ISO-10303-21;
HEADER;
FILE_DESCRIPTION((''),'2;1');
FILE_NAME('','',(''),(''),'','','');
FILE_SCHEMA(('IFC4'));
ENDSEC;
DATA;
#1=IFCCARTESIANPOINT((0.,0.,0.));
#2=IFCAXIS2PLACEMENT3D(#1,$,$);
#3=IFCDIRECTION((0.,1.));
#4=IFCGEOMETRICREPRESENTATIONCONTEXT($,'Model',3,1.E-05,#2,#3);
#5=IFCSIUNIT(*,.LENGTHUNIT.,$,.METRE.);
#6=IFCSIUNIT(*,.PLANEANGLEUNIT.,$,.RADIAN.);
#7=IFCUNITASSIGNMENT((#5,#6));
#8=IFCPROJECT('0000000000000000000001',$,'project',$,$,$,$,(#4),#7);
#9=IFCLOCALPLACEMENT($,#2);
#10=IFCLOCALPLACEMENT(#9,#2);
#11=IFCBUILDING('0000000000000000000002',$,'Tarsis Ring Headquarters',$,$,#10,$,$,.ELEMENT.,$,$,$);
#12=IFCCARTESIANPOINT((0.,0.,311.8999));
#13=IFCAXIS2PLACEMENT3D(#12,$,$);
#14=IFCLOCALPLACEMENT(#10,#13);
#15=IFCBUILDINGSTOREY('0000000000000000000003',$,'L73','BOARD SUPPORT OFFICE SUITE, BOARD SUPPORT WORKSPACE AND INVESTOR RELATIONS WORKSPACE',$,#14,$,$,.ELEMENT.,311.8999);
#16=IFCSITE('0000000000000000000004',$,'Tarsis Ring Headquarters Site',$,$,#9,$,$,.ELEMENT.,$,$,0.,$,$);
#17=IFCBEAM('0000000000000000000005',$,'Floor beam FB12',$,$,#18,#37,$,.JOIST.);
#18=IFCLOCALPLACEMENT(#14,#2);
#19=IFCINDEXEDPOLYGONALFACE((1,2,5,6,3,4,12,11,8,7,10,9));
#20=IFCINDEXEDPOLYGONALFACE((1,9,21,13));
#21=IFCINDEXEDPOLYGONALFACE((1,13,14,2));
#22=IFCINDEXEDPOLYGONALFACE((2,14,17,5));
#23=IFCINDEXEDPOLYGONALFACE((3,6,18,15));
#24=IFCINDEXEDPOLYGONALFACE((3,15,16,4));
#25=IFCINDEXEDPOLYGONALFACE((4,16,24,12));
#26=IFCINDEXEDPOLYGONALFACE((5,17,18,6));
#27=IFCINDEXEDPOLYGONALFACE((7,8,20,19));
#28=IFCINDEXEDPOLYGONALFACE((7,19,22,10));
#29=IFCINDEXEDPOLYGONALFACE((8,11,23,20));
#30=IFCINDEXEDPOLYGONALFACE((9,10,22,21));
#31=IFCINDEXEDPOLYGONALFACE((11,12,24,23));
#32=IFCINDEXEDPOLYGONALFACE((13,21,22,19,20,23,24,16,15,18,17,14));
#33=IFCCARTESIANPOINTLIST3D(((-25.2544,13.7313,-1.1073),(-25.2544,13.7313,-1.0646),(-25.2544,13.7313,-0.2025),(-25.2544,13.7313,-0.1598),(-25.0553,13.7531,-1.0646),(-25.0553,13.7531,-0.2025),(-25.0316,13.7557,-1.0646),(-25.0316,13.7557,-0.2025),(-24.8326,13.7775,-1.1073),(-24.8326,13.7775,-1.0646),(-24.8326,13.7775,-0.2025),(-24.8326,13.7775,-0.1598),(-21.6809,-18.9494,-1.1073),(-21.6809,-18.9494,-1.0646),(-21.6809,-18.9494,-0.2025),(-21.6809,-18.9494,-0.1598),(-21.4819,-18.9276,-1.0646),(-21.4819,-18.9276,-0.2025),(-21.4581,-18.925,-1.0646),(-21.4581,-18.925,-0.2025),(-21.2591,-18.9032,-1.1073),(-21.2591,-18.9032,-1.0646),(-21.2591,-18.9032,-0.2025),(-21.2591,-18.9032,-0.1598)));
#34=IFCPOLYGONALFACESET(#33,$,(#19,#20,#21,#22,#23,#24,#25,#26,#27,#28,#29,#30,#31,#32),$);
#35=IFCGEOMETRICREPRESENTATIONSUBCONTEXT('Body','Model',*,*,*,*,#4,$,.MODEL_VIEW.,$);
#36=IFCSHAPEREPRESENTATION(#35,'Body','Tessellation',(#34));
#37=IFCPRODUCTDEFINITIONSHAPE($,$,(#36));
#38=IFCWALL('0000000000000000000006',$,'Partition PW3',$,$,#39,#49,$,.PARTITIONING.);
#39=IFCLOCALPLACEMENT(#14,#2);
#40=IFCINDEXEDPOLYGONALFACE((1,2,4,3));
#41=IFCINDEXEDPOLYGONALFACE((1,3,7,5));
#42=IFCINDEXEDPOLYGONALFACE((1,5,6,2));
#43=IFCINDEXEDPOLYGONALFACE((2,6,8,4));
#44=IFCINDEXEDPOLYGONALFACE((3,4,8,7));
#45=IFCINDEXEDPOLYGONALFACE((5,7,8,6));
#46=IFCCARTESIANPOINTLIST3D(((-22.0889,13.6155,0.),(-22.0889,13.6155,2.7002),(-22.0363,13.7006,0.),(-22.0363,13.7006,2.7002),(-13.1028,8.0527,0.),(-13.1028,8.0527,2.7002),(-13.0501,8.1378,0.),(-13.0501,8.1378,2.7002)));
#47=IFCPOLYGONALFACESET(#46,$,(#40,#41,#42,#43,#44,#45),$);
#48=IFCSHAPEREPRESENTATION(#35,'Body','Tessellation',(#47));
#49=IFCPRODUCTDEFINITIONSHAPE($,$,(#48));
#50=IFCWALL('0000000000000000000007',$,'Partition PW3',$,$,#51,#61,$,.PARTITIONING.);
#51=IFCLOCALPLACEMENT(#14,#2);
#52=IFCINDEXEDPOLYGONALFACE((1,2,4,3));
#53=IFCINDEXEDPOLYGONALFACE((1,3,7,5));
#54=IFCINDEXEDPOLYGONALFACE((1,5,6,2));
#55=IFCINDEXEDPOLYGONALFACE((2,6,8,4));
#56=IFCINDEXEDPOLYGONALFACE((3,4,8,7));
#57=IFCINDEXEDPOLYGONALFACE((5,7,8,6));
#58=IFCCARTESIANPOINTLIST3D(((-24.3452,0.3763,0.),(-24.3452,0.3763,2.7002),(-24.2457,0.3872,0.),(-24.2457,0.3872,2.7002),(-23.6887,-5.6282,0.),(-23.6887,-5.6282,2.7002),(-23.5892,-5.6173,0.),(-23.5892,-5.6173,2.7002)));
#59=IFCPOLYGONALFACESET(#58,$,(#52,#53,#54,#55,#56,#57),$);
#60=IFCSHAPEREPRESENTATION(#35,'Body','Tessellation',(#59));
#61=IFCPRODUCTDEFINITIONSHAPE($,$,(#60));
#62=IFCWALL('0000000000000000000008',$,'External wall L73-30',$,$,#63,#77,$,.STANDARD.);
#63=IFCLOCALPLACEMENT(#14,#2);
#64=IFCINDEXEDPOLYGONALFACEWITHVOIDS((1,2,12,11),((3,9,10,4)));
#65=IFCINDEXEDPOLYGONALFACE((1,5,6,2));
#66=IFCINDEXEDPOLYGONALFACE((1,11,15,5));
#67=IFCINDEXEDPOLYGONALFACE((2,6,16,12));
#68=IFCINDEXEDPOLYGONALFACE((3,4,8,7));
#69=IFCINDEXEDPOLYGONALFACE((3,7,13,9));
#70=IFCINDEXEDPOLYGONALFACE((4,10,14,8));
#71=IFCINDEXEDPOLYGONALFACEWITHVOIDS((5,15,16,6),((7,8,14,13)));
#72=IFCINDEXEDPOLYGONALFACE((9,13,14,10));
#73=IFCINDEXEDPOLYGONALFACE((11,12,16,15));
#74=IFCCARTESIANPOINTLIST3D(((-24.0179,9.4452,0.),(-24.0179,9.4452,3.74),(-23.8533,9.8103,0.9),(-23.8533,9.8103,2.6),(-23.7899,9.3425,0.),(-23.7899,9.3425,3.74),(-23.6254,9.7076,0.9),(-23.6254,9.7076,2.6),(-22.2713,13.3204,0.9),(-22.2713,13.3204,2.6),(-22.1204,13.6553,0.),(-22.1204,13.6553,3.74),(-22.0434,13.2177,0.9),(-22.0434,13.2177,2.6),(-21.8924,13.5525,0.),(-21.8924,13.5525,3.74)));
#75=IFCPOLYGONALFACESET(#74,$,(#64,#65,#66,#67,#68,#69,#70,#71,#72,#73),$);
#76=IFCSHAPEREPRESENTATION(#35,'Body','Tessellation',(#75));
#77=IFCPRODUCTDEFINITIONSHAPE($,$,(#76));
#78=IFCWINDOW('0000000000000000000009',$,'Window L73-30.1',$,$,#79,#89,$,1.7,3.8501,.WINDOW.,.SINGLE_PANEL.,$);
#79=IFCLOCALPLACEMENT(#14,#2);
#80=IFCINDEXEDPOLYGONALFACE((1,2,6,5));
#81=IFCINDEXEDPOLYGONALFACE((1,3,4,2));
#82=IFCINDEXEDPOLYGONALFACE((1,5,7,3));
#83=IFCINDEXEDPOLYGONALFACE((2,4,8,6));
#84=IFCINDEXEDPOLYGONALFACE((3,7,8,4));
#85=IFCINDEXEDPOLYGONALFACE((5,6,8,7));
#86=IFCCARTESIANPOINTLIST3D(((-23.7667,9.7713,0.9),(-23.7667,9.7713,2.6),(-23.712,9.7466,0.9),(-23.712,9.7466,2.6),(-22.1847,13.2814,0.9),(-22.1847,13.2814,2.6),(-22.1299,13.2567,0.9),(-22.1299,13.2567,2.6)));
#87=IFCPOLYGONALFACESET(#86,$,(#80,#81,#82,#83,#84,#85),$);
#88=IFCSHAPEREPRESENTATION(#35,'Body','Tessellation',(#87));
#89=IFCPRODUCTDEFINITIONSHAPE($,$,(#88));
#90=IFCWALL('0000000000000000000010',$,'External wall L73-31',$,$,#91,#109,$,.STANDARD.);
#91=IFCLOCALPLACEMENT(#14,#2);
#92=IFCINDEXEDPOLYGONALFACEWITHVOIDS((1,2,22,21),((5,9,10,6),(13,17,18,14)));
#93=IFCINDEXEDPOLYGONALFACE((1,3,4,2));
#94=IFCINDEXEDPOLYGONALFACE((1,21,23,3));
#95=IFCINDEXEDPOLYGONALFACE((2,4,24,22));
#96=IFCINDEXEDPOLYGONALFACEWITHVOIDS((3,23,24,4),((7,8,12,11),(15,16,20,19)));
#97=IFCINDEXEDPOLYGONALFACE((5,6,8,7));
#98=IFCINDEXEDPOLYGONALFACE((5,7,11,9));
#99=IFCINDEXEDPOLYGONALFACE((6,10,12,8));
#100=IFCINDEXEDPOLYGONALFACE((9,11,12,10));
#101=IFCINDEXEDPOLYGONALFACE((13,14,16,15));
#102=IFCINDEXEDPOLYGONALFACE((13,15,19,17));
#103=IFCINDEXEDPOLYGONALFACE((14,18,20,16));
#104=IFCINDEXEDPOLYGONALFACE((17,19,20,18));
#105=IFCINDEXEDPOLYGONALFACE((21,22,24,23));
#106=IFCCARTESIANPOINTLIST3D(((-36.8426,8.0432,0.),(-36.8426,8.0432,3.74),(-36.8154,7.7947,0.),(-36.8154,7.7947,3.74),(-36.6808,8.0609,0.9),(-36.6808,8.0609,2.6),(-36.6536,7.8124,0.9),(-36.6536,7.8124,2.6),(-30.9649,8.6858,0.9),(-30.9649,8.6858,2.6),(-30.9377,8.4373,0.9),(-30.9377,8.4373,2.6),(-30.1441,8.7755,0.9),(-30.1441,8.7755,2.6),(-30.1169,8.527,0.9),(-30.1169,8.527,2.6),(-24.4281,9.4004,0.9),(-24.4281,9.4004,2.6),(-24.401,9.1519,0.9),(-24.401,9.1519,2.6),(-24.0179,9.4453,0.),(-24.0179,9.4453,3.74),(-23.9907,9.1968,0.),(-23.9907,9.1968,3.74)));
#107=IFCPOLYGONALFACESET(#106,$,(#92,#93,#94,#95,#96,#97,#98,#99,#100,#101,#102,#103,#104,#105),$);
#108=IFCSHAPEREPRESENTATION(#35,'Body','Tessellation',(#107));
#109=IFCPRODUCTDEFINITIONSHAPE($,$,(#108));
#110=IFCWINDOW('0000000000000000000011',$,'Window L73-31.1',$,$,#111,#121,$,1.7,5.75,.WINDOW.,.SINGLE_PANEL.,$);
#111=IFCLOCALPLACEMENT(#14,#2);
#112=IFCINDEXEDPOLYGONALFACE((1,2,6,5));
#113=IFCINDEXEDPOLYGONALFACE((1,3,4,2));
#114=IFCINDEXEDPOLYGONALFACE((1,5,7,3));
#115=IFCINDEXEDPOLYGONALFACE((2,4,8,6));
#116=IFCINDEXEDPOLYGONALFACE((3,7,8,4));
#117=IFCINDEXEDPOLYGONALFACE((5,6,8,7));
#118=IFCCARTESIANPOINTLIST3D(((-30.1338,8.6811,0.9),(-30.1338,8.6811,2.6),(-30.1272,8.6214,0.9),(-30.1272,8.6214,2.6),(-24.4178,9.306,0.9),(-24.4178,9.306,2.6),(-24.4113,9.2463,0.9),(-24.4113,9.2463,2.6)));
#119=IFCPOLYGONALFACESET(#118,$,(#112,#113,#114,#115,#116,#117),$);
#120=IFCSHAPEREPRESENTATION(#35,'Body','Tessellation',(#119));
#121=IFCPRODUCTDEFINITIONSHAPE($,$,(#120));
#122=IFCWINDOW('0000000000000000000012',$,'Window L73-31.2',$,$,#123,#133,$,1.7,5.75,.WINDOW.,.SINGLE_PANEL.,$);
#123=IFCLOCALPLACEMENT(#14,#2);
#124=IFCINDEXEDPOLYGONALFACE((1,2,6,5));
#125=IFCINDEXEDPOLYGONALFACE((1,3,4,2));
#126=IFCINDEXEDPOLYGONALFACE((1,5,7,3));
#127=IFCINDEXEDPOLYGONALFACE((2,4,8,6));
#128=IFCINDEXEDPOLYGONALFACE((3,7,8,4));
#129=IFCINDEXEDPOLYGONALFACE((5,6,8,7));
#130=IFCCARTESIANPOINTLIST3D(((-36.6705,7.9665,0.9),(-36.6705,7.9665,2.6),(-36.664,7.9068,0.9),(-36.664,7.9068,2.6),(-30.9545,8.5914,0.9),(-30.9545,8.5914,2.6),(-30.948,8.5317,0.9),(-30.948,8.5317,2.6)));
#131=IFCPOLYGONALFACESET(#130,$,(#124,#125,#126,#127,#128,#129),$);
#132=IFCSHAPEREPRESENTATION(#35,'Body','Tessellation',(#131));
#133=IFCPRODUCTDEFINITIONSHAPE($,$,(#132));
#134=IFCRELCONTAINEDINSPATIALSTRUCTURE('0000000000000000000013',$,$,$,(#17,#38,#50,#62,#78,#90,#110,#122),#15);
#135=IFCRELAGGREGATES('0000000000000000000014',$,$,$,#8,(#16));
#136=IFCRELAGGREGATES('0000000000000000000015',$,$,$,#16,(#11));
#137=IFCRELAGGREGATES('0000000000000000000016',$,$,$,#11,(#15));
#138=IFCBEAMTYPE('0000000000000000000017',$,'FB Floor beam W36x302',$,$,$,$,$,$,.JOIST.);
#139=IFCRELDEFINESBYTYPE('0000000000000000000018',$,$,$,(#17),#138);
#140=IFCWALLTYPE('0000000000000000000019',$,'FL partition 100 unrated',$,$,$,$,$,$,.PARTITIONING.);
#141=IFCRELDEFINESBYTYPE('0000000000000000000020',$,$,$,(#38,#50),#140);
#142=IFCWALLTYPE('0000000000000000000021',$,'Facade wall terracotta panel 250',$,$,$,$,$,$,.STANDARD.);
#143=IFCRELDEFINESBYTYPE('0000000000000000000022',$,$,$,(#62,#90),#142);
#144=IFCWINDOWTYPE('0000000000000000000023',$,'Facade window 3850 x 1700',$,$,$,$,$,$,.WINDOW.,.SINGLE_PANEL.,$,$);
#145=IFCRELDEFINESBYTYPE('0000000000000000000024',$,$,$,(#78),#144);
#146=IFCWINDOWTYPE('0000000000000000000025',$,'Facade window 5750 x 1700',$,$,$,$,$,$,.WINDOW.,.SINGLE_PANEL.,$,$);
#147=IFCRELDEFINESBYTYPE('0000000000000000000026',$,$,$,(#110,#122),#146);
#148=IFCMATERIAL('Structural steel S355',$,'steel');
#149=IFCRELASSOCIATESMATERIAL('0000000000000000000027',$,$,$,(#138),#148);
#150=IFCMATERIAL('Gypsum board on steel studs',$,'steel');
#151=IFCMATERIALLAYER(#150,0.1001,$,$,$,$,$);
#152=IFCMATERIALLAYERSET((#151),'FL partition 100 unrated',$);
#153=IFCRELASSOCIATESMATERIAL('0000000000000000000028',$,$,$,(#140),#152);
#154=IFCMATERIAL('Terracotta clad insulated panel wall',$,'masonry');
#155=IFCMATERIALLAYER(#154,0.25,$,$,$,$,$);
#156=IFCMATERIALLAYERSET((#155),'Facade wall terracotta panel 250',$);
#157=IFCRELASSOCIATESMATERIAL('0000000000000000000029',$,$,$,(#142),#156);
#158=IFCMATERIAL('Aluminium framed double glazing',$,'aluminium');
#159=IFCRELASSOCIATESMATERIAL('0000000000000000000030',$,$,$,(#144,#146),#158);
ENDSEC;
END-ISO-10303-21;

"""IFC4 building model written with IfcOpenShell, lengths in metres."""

from ifc_helpers import new_model, si_unit, direction, frame, frame_2d, origin, origin_2d, place, context, subcontext, project, spatial, rectangle, i_section, extrude, material, layer, layer_set, material_profile, profile_set, type_object, element, fill, save


model = new_model("IFC4")

# Units and contexts
model_context = context("Model", 3, precision=1e-05, world=origin(), true_north=direction((0.0, 1.0)))
body_context = subcontext(model_context, "Body", "Model", "MODEL_VIEW")
ifc_project = project(units=[si_unit("LENGTHUNIT", "METRE"), si_unit("PLANEANGLEUNIT", "RADIAN")], contexts=[model_context])

# Site, building, storey
site_placement = place(None, origin())
site = spatial("IfcSite", under=ifc_project, at=site_placement, Name="Tarsis Ring Headquarters Site", CompositionType="ELEMENT", RefElevation=0.0)
building_placement = place(site_placement, origin())
building = spatial("IfcBuilding", under=site, at=building_placement, Name="Tarsis Ring Headquarters", CompositionType="ELEMENT")
storey_placement = place(building_placement, frame((0.0, 0.0, 311.8999)))
storey = spatial("IfcBuildingStorey", under=building, at=storey_placement, Name="L73", Description="BOARD SUPPORT OFFICE SUITE, BOARD SUPPORT WORKSPACE AND INVESTOR RELATIONS WORKSPACE", CompositionType="ELEMENT", Elevation=311.8999)

# Beam
ifc_material_1 = material(Name="Structural steel S355", Category="steel")
ifc_material_profile = material_profile(ifc_material_1, i_section(OverallWidth=0.4243, OverallDepth=0.9475, WebThickness=0.0239, FlangeThickness=0.0427, at=origin_2d()), Name="W36x302")
ifc_profile_set = profile_set([ifc_material_profile], Name="Structural steel S355")
beam_type = type_object("IfcBeamType", Name="FB Floor beam W36x302", PredefinedType="JOIST", material=ifc_profile_set)
beam_placement = place(storey_placement, frame((-25.0435, 13.7544, -0.6335), z_axis=(0.108698, -0.994075, 0.0), x_axis=(0.994075, 0.108698, 0.0)))
element("IfcBeam", 1, at=beam_placement, inside=storey, type_object=beam_type, Name="Floor beam FB12", PredefinedType="JOIST", context=body_context, shape_type="SweptSolid", body=[
    extrude(i_section(OverallWidth=0.4243, OverallDepth=0.9475, WebThickness=0.0239, FlangeThickness=0.0427, at=origin_2d()), origin(), (0.0, 0.0, 1.0), 32.8755),
])

# Walls
ifc_material_2 = material(Name="Gypsum board on steel studs", Category="steel")
ifc_layer_1 = layer(ifc_material_2, 0.1001)
ifc_layer_set_1 = layer_set([ifc_layer_1], Name="FL partition 100 unrated")
wall_type_1 = type_object("IfcWallType", Name="FL partition 100 unrated", PredefinedType="PARTITIONING", material=ifc_layer_set_1)
wall_1_placement = place(storey_placement, frame((-22.0625, 13.658, 0.0), z_axis=(0.0, 0.0, 1.0), x_axis=(0.850268, -0.52635, 0.0)))
element("IfcWall", 2, at=wall_1_placement, inside=storey, type_object=wall_type_1, Name="Partition PW3", PredefinedType="PARTITIONING", context=body_context, shape_type="SweptSolid", body=[
    extrude(rectangle(XDim=10.5686, YDim=0.1001, at=frame_2d((5.2842, 0.0))), origin(), (0.0, 0.0, 1.0), 2.7002),
])
wall_2_placement = place(storey_placement, frame((-24.2954, 0.3816, 0.0), z_axis=(0.0, 0.0, 1.0), x_axis=(0.108688, -0.994076, 0.0)))
element("IfcWall", 3, at=wall_2_placement, inside=storey, type_object=wall_type_1, Name="Partition PW3", PredefinedType="PARTITIONING", context=body_context, shape_type="SweptSolid", body=[
    extrude(rectangle(XDim=6.0403, YDim=0.1001, at=frame_2d((3.02, 0.0))), origin(), (0.0, 0.0, 1.0), 2.7002),
])

# Wall, opening, window
ifc_material_3 = material(Name="Terracotta clad insulated panel wall", Category="masonry")
ifc_layer_2 = layer(ifc_material_3, 0.25)
ifc_layer_set_2 = layer_set([ifc_layer_2], Name="Facade wall terracotta panel 250")
wall_type_2 = type_object("IfcWallType", Name="Facade wall terracotta panel 250", PredefinedType="STANDARD", material=ifc_layer_set_2)
wall_3_placement = place(storey_placement, frame((-22.0063, 13.604, 0.0), z_axis=(0.0, 0.0, 1.0), x_axis=(-0.410901, -0.91168, 0.0)))
wall_3 = element("IfcWall", 4, at=wall_3_placement, inside=storey, type_object=wall_type_2, Name="External wall L73-30", PredefinedType="STANDARD", context=body_context, shape_type="SweptSolid", body=[
    extrude(rectangle(XDim=4.6179, YDim=0.25, at=frame_2d((2.3091, 0.0))), origin(), (0.0, 0.0, 1.0), 3.74),
])
opening_1_placement = place(wall_3_placement, frame((0.3674, 0.0, 0.8999)))
opening_1 = element("IfcOpeningElement", 5, at=opening_1_placement, cuts=wall_3, PredefinedType="OPENING", context=body_context, shape_type="SweptSolid", body=[
    extrude(rectangle(XDim=3.8501, YDim=1.7, at=frame_2d((1.925, 0.8501))), frame((0.0, 0.135, 0.0), z_axis=(0.0, -1.0, 0.0), x_axis=(1.0, 0.0, 0.0)), (0.0, 0.0, 1.0), 0.27),
])
ifc_material_4 = material(Name="Aluminium framed double glazing", Category="aluminium")
window_type_1 = type_object("IfcWindowType", Name="Facade window 3850 x 1700", PartitioningType="SINGLE_PANEL", PredefinedType="WINDOW", material=ifc_material_4)
window_1_placement = place(opening_1_placement, origin())
window_1 = element("IfcWindow", 6, at=window_1_placement, inside=storey, type_object=window_type_1, Name="Window L73-30.1", OverallHeight=1.7, OverallWidth=3.8501, PartitioningType="SINGLE_PANEL", PredefinedType="WINDOW", context=body_context, shape_type="SweptSolid", body=[
    extrude(rectangle(XDim=3.8501, YDim=1.7, at=frame_2d((1.925, 0.8501))), frame((0.0, 0.03, 0.0), z_axis=(0.0, -1.0, 0.0), x_axis=(1.0, 0.0, 0.0)), (0.0, 0.0, 1.0), 0.0601),
])
fill(opening_1, window_1)

# Wall, openings, windows
wall_4_placement = place(storey_placement, frame((-24.0042, 9.321, 0.0), z_axis=(0.0, 0.0, 1.0), x_axis=(-0.994077, -0.10868, 0.0)))
wall_4 = element("IfcWall", 7, at=wall_4_placement, inside=storey, type_object=wall_type_2, Name="External wall L73-31", PredefinedType="STANDARD", context=body_context, shape_type="SweptSolid", body=[
    extrude(rectangle(XDim=12.9011, YDim=0.25, at=frame_2d((6.4507, 0.0))), origin(), (0.0, 0.0, 1.0), 3.74),
])
opening_2_placement = place(wall_4_placement, frame((0.4128, 0.0, 0.8999)))
opening_2 = element("IfcOpeningElement", 8, at=opening_2_placement, cuts=wall_4, PredefinedType="OPENING", context=body_context, shape_type="SweptSolid", body=[
    extrude(rectangle(XDim=5.75, YDim=1.7, at=frame_2d((2.875, 0.8501))), frame((0.0, 0.135, 0.0), z_axis=(0.0, -1.0, 0.0), x_axis=(1.0, 0.0, 0.0)), (0.0, 0.0, 1.0), 0.27),
])
opening_3_placement = place(wall_4_placement, frame((6.9885, 0.0, 0.8999)))
opening_3 = element("IfcOpeningElement", 9, at=opening_3_placement, cuts=wall_4, PredefinedType="OPENING", context=body_context, shape_type="SweptSolid", body=[
    extrude(rectangle(XDim=5.75, YDim=1.7, at=frame_2d((2.875, 0.8501))), frame((0.0, 0.135, 0.0), z_axis=(0.0, -1.0, 0.0), x_axis=(1.0, 0.0, 0.0)), (0.0, 0.0, 1.0), 0.27),
])
window_type_2 = type_object("IfcWindowType", Name="Facade window 5750 x 1700", PartitioningType="SINGLE_PANEL", PredefinedType="WINDOW", material=ifc_material_4)
window_2_placement = place(opening_2_placement, origin())
window_2 = element("IfcWindow", 10, at=window_2_placement, inside=storey, type_object=window_type_2, Name="Window L73-31.1", OverallHeight=1.7, OverallWidth=5.75, PartitioningType="SINGLE_PANEL", PredefinedType="WINDOW", context=body_context, shape_type="SweptSolid", body=[
    extrude(rectangle(XDim=5.75, YDim=1.7, at=frame_2d((2.875, 0.8501))), frame((0.0, 0.03, 0.0), z_axis=(0.0, -1.0, 0.0), x_axis=(1.0, 0.0, 0.0)), (0.0, 0.0, 1.0), 0.0601),
])
fill(opening_2, window_2)
window_3_placement = place(opening_3_placement, origin())
window_3 = element("IfcWindow", 11, at=window_3_placement, inside=storey, type_object=window_type_2, Name="Window L73-31.2", OverallHeight=1.7, OverallWidth=5.75, PartitioningType="SINGLE_PANEL", PredefinedType="WINDOW", context=body_context, shape_type="SweptSolid", body=[
    extrude(rectangle(XDim=5.75, YDim=1.7, at=frame_2d((2.875, 0.8501))), frame((0.0, 0.03, 0.0), z_axis=(0.0, -1.0, 0.0), x_axis=(1.0, 0.0, 0.0)), (0.0, 0.0, 1.0), 0.0601),
])
fill(opening_3, window_3)

save(model, "model.ifc")
